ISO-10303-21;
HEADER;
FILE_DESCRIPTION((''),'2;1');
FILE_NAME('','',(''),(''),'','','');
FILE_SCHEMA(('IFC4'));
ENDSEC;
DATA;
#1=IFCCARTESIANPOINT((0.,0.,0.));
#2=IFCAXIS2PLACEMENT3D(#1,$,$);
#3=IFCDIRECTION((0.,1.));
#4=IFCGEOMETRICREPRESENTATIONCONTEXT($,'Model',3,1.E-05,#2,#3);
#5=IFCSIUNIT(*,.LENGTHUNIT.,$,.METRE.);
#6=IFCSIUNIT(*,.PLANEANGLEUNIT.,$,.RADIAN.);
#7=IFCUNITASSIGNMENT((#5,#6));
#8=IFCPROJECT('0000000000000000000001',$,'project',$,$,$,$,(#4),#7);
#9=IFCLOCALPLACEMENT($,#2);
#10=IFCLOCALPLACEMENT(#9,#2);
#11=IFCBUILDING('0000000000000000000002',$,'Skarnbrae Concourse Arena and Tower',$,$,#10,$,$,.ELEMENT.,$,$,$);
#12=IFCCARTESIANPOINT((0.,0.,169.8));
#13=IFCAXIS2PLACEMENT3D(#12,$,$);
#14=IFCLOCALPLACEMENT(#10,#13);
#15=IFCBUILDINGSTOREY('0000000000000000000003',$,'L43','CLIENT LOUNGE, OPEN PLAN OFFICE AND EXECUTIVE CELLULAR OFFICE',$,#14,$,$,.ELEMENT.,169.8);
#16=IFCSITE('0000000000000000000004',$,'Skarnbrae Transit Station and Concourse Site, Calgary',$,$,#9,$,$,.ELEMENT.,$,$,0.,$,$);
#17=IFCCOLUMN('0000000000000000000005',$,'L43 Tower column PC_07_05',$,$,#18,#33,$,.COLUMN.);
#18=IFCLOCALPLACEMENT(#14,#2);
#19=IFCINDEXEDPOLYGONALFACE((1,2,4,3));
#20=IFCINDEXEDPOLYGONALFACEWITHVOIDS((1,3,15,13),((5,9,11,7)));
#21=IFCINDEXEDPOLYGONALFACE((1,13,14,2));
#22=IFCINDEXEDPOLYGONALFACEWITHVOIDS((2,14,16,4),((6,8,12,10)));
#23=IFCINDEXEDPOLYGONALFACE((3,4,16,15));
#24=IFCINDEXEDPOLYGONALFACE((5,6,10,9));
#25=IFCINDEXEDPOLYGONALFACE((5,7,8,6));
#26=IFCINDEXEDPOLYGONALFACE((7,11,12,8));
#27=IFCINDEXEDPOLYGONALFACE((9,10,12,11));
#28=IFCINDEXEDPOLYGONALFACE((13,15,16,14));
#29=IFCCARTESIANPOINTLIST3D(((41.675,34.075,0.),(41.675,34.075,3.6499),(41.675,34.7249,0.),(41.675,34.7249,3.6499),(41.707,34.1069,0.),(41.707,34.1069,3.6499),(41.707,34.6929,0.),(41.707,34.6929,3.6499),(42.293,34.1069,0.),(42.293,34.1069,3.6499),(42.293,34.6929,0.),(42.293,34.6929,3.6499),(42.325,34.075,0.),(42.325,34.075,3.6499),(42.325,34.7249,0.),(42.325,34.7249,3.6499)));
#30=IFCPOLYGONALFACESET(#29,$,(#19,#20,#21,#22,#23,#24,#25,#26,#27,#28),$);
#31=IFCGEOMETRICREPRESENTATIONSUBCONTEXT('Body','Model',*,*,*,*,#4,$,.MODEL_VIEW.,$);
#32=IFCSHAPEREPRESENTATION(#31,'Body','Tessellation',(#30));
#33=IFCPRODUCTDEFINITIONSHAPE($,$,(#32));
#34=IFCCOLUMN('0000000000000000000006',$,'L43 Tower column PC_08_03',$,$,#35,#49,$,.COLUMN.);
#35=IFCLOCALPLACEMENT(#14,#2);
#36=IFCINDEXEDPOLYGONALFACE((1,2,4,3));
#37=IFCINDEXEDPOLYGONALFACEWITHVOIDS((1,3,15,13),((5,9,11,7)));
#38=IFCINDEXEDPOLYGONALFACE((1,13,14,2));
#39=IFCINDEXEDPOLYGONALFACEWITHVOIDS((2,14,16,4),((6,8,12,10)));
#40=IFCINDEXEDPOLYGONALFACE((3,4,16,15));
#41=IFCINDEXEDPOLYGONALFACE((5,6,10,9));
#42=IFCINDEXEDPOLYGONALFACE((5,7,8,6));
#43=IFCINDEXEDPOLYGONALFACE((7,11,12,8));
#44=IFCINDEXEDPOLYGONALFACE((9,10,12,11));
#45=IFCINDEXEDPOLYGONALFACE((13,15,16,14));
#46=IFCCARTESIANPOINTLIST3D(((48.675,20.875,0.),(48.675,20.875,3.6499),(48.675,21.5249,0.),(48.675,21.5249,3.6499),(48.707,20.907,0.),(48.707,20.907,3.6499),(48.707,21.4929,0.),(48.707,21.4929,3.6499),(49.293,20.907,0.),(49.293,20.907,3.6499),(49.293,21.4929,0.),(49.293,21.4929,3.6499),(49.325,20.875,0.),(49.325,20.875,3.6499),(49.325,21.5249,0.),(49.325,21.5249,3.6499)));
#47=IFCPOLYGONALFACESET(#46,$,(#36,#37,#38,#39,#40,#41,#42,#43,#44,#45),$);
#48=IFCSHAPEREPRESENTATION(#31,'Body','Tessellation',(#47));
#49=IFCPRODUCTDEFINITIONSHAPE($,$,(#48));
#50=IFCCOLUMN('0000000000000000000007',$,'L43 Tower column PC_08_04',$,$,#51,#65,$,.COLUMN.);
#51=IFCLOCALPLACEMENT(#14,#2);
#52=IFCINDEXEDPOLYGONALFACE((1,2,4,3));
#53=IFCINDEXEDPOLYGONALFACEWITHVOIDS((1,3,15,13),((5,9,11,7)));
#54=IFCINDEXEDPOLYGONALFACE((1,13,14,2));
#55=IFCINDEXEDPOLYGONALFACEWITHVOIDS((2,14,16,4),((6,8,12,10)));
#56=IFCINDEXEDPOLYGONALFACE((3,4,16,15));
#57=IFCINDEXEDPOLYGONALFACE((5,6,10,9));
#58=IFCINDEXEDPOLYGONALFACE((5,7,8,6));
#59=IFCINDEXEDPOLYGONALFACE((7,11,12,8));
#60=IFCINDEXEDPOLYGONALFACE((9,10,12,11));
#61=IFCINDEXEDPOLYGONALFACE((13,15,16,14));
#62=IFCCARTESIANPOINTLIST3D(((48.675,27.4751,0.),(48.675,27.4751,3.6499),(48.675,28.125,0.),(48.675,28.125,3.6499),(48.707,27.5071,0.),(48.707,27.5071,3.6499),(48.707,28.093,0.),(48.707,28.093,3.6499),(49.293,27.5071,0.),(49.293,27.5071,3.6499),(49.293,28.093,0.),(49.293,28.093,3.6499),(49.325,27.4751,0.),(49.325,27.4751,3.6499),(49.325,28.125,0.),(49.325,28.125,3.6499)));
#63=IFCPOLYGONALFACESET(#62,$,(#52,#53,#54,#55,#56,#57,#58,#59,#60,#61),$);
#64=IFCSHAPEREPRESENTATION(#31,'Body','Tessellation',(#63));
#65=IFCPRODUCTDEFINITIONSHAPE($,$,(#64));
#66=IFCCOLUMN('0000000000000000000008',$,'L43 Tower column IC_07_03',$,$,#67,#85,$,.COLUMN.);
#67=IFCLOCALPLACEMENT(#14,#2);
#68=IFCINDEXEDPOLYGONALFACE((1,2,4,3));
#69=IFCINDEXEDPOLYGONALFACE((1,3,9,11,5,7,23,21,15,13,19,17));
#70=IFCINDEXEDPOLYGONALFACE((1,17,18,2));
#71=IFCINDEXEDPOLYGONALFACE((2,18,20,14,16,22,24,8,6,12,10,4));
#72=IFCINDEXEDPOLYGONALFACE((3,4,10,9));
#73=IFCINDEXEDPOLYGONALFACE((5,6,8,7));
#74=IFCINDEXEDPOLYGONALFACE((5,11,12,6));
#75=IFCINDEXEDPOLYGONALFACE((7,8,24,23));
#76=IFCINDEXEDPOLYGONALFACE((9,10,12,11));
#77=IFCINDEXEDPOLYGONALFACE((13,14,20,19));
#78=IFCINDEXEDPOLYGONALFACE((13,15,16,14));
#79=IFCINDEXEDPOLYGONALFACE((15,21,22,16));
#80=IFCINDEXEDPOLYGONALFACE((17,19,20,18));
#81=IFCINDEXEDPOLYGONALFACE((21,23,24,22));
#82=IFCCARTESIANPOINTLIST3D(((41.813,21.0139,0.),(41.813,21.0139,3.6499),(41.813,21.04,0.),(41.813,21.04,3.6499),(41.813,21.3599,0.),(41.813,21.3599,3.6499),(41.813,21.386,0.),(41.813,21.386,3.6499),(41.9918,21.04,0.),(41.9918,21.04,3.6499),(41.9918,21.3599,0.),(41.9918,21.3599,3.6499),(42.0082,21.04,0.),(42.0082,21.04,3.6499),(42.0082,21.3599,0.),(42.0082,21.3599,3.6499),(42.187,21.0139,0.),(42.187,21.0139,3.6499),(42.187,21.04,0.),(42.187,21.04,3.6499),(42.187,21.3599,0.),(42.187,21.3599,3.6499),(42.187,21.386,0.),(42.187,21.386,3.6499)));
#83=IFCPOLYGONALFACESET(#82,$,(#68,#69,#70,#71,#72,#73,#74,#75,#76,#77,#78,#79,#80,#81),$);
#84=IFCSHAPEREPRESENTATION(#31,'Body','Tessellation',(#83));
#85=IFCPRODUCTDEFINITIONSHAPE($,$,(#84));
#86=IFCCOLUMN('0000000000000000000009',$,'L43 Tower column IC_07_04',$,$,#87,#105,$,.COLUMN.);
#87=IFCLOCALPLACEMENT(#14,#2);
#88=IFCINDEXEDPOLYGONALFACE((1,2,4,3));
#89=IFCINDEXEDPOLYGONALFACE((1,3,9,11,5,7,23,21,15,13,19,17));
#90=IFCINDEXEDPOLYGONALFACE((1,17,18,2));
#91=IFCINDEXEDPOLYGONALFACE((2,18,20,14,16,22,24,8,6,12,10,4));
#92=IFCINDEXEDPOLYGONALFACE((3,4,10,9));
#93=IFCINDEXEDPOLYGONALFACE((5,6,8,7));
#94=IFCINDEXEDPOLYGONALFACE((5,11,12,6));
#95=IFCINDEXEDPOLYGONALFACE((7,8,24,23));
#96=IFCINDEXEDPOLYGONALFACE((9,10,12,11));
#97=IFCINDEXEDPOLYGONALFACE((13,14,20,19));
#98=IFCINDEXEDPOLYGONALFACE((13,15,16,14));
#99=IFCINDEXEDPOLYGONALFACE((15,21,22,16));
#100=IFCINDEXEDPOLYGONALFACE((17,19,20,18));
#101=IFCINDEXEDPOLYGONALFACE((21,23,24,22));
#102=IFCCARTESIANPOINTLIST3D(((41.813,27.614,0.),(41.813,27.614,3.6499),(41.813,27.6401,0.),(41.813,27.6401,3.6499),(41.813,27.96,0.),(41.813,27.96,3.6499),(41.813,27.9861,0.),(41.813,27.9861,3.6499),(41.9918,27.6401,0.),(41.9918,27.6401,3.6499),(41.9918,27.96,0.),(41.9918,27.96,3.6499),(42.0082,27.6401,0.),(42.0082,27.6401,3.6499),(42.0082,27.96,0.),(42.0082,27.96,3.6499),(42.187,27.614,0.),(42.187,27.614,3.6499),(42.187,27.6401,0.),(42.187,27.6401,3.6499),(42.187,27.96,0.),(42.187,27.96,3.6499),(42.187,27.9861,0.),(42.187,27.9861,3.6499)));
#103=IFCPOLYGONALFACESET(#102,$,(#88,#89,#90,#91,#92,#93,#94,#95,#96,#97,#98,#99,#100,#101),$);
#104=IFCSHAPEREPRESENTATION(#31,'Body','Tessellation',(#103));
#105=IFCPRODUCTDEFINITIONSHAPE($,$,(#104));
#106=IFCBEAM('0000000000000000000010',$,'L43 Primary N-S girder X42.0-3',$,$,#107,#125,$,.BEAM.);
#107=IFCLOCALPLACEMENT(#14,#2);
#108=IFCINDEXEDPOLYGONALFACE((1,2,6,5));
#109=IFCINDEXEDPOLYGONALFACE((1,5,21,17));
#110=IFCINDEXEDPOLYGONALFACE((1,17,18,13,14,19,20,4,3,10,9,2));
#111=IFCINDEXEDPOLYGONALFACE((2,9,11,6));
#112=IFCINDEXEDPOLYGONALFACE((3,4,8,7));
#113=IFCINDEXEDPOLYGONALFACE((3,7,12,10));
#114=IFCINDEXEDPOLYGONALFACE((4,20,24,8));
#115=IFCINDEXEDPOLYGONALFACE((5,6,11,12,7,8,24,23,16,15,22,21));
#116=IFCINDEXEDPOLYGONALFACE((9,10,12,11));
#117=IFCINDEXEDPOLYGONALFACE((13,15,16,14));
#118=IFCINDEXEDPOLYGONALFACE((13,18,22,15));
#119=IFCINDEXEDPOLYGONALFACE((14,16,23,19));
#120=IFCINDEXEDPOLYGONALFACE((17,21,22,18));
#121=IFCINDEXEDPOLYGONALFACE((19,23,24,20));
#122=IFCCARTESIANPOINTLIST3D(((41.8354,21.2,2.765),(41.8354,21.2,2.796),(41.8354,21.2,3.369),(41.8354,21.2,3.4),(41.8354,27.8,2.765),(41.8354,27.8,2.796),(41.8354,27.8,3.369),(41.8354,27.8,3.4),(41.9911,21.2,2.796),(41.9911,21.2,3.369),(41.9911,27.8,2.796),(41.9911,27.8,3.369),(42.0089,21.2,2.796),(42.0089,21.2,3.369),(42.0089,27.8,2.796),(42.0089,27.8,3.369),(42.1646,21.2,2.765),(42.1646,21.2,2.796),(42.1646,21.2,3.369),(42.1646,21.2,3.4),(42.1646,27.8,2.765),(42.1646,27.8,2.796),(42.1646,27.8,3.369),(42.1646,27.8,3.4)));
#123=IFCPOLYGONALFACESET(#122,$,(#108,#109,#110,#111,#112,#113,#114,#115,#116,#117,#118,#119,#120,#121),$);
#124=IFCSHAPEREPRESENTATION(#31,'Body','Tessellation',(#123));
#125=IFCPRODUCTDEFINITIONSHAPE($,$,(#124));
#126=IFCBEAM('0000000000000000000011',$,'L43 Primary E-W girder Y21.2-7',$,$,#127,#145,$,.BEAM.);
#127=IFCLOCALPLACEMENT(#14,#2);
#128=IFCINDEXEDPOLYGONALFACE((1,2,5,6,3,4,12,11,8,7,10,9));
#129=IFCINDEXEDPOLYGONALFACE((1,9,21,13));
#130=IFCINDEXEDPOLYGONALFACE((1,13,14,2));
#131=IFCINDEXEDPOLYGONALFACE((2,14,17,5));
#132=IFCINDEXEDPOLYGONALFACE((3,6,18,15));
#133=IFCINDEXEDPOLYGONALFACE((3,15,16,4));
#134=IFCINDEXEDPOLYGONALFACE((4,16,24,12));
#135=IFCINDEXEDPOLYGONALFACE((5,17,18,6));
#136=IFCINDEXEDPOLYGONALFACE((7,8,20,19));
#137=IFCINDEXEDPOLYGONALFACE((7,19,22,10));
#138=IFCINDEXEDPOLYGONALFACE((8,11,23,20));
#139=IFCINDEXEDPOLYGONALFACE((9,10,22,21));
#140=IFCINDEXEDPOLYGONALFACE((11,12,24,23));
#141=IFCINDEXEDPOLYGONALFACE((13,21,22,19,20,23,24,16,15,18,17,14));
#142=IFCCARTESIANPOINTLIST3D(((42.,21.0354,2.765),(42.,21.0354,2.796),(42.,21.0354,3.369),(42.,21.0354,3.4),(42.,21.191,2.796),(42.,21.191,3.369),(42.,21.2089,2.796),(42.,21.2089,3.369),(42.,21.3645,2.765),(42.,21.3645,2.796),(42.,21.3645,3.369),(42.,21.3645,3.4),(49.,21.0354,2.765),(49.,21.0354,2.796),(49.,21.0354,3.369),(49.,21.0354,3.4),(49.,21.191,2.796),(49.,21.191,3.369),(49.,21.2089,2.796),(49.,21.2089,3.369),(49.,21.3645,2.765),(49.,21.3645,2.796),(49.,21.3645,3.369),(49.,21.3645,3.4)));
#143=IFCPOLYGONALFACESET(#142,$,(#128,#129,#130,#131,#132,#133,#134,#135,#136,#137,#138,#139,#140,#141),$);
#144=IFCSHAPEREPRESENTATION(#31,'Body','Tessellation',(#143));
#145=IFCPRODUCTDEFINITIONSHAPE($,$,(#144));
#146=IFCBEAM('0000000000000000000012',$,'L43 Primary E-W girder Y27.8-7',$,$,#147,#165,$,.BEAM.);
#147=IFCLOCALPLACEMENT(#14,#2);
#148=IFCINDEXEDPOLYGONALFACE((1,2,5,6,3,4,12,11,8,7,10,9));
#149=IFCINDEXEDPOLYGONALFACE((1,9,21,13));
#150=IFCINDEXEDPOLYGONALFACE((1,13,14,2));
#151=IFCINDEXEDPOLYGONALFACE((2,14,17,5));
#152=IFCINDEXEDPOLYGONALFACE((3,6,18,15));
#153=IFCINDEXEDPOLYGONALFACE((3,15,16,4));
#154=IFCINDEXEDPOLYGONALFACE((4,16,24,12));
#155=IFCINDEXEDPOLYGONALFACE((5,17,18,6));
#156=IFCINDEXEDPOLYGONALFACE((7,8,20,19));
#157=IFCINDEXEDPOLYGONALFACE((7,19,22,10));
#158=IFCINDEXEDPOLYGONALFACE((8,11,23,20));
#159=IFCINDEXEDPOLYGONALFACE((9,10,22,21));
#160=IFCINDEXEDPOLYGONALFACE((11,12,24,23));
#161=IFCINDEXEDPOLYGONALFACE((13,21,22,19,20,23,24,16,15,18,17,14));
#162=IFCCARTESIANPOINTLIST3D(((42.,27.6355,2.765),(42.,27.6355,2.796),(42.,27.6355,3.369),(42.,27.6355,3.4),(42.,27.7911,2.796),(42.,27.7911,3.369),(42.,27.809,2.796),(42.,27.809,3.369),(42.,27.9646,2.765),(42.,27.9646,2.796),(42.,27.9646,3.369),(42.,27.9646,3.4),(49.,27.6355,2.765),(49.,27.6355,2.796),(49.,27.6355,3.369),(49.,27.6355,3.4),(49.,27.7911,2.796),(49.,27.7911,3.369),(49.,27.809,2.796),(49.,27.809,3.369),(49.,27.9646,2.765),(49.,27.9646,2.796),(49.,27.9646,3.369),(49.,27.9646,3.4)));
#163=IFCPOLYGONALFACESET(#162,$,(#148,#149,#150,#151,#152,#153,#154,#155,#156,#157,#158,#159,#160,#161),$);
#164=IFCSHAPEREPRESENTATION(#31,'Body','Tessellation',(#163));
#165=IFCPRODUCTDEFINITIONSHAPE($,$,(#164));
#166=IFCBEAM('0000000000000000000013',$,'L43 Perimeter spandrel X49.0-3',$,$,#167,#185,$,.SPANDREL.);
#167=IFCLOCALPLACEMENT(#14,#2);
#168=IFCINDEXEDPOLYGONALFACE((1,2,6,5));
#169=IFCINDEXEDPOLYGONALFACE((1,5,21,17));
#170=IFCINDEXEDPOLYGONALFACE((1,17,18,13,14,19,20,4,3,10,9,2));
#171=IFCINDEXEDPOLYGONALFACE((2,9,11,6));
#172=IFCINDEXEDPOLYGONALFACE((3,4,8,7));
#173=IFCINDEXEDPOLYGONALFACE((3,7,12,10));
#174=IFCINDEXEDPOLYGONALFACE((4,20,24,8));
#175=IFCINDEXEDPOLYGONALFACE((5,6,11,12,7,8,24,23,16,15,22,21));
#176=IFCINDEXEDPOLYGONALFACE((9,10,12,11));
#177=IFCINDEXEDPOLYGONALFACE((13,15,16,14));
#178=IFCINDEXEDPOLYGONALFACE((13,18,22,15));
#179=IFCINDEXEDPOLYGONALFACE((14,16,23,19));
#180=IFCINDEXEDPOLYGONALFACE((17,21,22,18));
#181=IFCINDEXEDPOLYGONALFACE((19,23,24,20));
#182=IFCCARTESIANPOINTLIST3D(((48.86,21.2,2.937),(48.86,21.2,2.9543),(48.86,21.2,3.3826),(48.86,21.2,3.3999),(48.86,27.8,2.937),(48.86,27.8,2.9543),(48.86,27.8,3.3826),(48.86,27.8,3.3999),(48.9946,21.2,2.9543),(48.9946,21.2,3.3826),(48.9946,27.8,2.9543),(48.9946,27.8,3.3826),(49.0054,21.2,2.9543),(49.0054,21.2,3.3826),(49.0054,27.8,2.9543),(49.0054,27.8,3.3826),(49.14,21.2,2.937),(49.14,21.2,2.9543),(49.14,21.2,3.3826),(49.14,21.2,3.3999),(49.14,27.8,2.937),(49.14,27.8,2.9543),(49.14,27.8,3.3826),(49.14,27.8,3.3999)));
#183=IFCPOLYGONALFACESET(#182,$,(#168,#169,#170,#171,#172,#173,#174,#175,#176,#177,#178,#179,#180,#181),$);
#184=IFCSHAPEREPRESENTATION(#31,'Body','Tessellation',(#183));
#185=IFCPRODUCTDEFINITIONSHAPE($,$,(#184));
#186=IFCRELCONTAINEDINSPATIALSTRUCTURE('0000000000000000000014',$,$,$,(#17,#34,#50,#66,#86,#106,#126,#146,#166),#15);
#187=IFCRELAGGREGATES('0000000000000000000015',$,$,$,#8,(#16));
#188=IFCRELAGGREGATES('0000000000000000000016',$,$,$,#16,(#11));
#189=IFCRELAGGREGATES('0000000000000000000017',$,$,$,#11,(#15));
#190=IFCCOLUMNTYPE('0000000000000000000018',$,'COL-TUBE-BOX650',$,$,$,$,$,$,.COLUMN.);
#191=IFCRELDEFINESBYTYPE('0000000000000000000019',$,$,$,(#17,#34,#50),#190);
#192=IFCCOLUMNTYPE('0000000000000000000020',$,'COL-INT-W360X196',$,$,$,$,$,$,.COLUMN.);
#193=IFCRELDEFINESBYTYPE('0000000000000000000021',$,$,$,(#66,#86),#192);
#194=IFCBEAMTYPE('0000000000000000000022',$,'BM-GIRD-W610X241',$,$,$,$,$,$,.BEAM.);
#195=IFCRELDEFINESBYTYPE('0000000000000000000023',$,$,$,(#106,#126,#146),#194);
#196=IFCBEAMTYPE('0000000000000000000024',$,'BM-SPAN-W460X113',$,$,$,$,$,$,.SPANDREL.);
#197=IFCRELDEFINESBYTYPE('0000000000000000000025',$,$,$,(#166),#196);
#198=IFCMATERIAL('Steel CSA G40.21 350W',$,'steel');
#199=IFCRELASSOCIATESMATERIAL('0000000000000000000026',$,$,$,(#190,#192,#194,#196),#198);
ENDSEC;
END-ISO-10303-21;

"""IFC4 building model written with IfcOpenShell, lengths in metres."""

from ifc_helpers import new_model, si_unit, direction, frame, origin, origin_2d, place, context, subcontext, project, spatial, hollow_rectangle, i_section, extrude, source, transform, mapped, material, material_profile, profile_set, type_object, element, save


model = new_model("IFC4")

# Units and contexts
model_context = context("Model", 3, precision=1e-05, world=origin(), true_north=direction((0.0, 1.0)))
body_context = subcontext(model_context, "Body", "Model", "MODEL_VIEW")
ifc_project = project(units=[si_unit("LENGTHUNIT", "METRE"), si_unit("PLANEANGLEUNIT", "RADIAN")], contexts=[model_context])

# Site, building, storey
site_placement = place(None, origin())
site = spatial("IfcSite", under=ifc_project, at=site_placement, Name="Skarnbrae Transit Station and Concourse Site, Calgary", CompositionType="ELEMENT", RefElevation=0.0)
building_placement = place(site_placement, origin())
building = spatial("IfcBuilding", under=site, at=building_placement, Name="Skarnbrae Concourse Arena and Tower", CompositionType="ELEMENT")
storey_placement = place(building_placement, frame((0.0, 0.0, 169.8)))
storey = spatial("IfcBuildingStorey", under=building, at=storey_placement, Name="L43", Description="CLIENT LOUNGE, OPEN PLAN OFFICE AND EXECUTIVE CELLULAR OFFICE", CompositionType="ELEMENT", Elevation=169.8)

# Columns
ifc_material_1 = material(Name="Steel CSA G40.21 350W", Category="steel")
ifc_material_profile_1 = material_profile(ifc_material_1, hollow_rectangle(XDim=0.6499, YDim=0.6499, WallThickness=0.032, at=origin_2d()), Name="BOX650X650X32")
ifc_profile_set_1 = profile_set([ifc_material_profile_1], Name="Steel CSA G40.21 350W")
column_type_1 = type_object("IfcColumnType", Name="COL-TUBE-BOX650", PredefinedType="COLUMN", material=ifc_profile_set_1)
shared_shape_1 = source(origin(), body_context, "Body", "SweptSolid", [
    extrude(hollow_rectangle(XDim=0.6499, YDim=0.6499, WallThickness=0.032, at=origin_2d()), origin(), (0.0, 0.0, 1.0), 3.6499),
])
for number, where, z_axis, x_axis, name in (
    (1, (42.0, 34.3999, 0.0), (0.0, 0.0, 1.0), (1.0, 0.0, 0.0), "L43 Tower column PC_07_05"),
    (2, (49.0, 21.2, 0.0), (0.0, 0.0, 1.0), (1.0, 0.0, 0.0), "L43 Tower column PC_08_03"),
    (3, (49.0, 27.8, 0.0), (0.0, 0.0, 1.0), (1.0, 0.0, 0.0), "L43 Tower column PC_08_04"),
):
    element("IfcColumn", number, at=place(storey_placement, frame(where, z_axis=z_axis, x_axis=x_axis)), inside=storey, type_object=column_type_1, Name=name, PredefinedType="COLUMN", context=body_context, shape_type="MappedRepresentation", body=[
        mapped(shared_shape_1, transform((0.0, 0.0, 0.0))),
    ])
ifc_material_profile_2 = material_profile(ifc_material_1, i_section(OverallWidth=0.374, OverallDepth=0.3721, WebThickness=0.0164, FlangeThickness=0.0261, at=origin_2d()), Name="W360X196")
ifc_profile_set_2 = profile_set([ifc_material_profile_2], Name="Steel CSA G40.21 350W")
column_type_2 = type_object("IfcColumnType", Name="COL-INT-W360X196", PredefinedType="COLUMN", material=ifc_profile_set_2)
shared_shape_2 = source(origin(), body_context, "Body", "SweptSolid", [
    extrude(i_section(OverallWidth=0.374, OverallDepth=0.3721, WebThickness=0.0164, FlangeThickness=0.0261, at=origin_2d()), origin(), (0.0, 0.0, 1.0), 3.6499),
])
for number, where, z_axis, x_axis, name in (
    (4, (42.0, 21.2, 0.0), (0.0, 0.0, 1.0), (1.0, 0.0, 0.0), "L43 Tower column IC_07_03"),
    (5, (42.0, 27.8, 0.0), (0.0, 0.0, 1.0), (1.0, 0.0, 0.0), "L43 Tower column IC_07_04"),
):
    element("IfcColumn", number, at=place(storey_placement, frame(where, z_axis=z_axis, x_axis=x_axis)), inside=storey, type_object=column_type_2, Name=name, PredefinedType="COLUMN", context=body_context, shape_type="MappedRepresentation", body=[
        mapped(shared_shape_2, transform((0.0, 0.0, 0.0))),
    ])

# Beams
ifc_material_profile_3 = material_profile(ifc_material_1, i_section(OverallWidth=0.3291, OverallDepth=0.635, WebThickness=0.0178, FlangeThickness=0.031, at=origin_2d()), Name="W610X241")
ifc_profile_set_3 = profile_set([ifc_material_profile_3], Name="Steel CSA G40.21 350W")
beam_type_1 = type_object("IfcBeamType", Name="BM-GIRD-W610X241", PredefinedType="BEAM", material=ifc_profile_set_3)
shared_shape_3 = source(origin(), body_context, "Body", "SweptSolid", [
    extrude(i_section(OverallWidth=0.3291, OverallDepth=0.635, WebThickness=0.0178, FlangeThickness=0.031, at=origin_2d()), origin(), (0.0, 0.0, 1.0), 6.6001),
])
beam_1_placement = place(storey_placement, frame((42.0, 21.2, 3.0825), z_axis=(0.0, 1.0, 0.0), x_axis=(-1.0, 0.0, 0.0)))
element("IfcBeam", 6, at=beam_1_placement, inside=storey, type_object=beam_type_1, Name="L43 Primary N-S girder X42.0-3", PredefinedType="BEAM", context=body_context, shape_type="MappedRepresentation", body=[
    mapped(shared_shape_3, transform((0.0, 0.0, 0.0))),
])
shared_shape_4 = source(origin(), body_context, "Body", "SweptSolid", [
    extrude(i_section(OverallWidth=0.3291, OverallDepth=0.635, WebThickness=0.0178, FlangeThickness=0.031, at=origin_2d()), origin(), (0.0, 0.0, 1.0), 7.0),
])
for number, where, z_axis, x_axis, name in (
    (7, (42.0, 21.2, 3.0825), (1.0, 0.0, 0.0), (0.0, 1.0, 0.0), "L43 Primary E-W girder Y21.2-7"),
    (8, (42.0, 27.8, 3.0825), (1.0, 0.0, 0.0), (0.0, 1.0, 0.0), "L43 Primary E-W girder Y27.8-7"),
):
    element("IfcBeam", number, at=place(storey_placement, frame(where, z_axis=z_axis, x_axis=x_axis)), inside=storey, type_object=beam_type_1, Name=name, PredefinedType="BEAM", context=body_context, shape_type="MappedRepresentation", body=[
        mapped(shared_shape_4, transform((0.0, 0.0, 0.0))),
    ])
ifc_material_profile_4 = material_profile(ifc_material_1, i_section(OverallWidth=0.28, OverallDepth=0.4629, WebThickness=0.0107, FlangeThickness=0.0173, at=origin_2d()), Name="W460X113")
ifc_profile_set_4 = profile_set([ifc_material_profile_4], Name="Steel CSA G40.21 350W")
beam_type_2 = type_object("IfcBeamType", Name="BM-SPAN-W460X113", PredefinedType="SPANDREL", material=ifc_profile_set_4)
shared_shape_5 = source(origin(), body_context, "Body", "SweptSolid", [
    extrude(i_section(OverallWidth=0.28, OverallDepth=0.4629, WebThickness=0.0107, FlangeThickness=0.0173, at=origin_2d()), origin(), (0.0, 0.0, 1.0), 6.6001),
])
beam_2_placement = place(storey_placement, frame((49.0, 21.2, 3.1685), z_axis=(0.0, 1.0, 0.0), x_axis=(-1.0, 0.0, 0.0)))
element("IfcBeam", 9, at=beam_2_placement, inside=storey, type_object=beam_type_2, Name="L43 Perimeter spandrel X49.0-3", PredefinedType="SPANDREL", context=body_context, shape_type="MappedRepresentation", body=[
    mapped(shared_shape_5, transform((0.0, 0.0, 0.0))),
])

save(model, "model.ifc")
